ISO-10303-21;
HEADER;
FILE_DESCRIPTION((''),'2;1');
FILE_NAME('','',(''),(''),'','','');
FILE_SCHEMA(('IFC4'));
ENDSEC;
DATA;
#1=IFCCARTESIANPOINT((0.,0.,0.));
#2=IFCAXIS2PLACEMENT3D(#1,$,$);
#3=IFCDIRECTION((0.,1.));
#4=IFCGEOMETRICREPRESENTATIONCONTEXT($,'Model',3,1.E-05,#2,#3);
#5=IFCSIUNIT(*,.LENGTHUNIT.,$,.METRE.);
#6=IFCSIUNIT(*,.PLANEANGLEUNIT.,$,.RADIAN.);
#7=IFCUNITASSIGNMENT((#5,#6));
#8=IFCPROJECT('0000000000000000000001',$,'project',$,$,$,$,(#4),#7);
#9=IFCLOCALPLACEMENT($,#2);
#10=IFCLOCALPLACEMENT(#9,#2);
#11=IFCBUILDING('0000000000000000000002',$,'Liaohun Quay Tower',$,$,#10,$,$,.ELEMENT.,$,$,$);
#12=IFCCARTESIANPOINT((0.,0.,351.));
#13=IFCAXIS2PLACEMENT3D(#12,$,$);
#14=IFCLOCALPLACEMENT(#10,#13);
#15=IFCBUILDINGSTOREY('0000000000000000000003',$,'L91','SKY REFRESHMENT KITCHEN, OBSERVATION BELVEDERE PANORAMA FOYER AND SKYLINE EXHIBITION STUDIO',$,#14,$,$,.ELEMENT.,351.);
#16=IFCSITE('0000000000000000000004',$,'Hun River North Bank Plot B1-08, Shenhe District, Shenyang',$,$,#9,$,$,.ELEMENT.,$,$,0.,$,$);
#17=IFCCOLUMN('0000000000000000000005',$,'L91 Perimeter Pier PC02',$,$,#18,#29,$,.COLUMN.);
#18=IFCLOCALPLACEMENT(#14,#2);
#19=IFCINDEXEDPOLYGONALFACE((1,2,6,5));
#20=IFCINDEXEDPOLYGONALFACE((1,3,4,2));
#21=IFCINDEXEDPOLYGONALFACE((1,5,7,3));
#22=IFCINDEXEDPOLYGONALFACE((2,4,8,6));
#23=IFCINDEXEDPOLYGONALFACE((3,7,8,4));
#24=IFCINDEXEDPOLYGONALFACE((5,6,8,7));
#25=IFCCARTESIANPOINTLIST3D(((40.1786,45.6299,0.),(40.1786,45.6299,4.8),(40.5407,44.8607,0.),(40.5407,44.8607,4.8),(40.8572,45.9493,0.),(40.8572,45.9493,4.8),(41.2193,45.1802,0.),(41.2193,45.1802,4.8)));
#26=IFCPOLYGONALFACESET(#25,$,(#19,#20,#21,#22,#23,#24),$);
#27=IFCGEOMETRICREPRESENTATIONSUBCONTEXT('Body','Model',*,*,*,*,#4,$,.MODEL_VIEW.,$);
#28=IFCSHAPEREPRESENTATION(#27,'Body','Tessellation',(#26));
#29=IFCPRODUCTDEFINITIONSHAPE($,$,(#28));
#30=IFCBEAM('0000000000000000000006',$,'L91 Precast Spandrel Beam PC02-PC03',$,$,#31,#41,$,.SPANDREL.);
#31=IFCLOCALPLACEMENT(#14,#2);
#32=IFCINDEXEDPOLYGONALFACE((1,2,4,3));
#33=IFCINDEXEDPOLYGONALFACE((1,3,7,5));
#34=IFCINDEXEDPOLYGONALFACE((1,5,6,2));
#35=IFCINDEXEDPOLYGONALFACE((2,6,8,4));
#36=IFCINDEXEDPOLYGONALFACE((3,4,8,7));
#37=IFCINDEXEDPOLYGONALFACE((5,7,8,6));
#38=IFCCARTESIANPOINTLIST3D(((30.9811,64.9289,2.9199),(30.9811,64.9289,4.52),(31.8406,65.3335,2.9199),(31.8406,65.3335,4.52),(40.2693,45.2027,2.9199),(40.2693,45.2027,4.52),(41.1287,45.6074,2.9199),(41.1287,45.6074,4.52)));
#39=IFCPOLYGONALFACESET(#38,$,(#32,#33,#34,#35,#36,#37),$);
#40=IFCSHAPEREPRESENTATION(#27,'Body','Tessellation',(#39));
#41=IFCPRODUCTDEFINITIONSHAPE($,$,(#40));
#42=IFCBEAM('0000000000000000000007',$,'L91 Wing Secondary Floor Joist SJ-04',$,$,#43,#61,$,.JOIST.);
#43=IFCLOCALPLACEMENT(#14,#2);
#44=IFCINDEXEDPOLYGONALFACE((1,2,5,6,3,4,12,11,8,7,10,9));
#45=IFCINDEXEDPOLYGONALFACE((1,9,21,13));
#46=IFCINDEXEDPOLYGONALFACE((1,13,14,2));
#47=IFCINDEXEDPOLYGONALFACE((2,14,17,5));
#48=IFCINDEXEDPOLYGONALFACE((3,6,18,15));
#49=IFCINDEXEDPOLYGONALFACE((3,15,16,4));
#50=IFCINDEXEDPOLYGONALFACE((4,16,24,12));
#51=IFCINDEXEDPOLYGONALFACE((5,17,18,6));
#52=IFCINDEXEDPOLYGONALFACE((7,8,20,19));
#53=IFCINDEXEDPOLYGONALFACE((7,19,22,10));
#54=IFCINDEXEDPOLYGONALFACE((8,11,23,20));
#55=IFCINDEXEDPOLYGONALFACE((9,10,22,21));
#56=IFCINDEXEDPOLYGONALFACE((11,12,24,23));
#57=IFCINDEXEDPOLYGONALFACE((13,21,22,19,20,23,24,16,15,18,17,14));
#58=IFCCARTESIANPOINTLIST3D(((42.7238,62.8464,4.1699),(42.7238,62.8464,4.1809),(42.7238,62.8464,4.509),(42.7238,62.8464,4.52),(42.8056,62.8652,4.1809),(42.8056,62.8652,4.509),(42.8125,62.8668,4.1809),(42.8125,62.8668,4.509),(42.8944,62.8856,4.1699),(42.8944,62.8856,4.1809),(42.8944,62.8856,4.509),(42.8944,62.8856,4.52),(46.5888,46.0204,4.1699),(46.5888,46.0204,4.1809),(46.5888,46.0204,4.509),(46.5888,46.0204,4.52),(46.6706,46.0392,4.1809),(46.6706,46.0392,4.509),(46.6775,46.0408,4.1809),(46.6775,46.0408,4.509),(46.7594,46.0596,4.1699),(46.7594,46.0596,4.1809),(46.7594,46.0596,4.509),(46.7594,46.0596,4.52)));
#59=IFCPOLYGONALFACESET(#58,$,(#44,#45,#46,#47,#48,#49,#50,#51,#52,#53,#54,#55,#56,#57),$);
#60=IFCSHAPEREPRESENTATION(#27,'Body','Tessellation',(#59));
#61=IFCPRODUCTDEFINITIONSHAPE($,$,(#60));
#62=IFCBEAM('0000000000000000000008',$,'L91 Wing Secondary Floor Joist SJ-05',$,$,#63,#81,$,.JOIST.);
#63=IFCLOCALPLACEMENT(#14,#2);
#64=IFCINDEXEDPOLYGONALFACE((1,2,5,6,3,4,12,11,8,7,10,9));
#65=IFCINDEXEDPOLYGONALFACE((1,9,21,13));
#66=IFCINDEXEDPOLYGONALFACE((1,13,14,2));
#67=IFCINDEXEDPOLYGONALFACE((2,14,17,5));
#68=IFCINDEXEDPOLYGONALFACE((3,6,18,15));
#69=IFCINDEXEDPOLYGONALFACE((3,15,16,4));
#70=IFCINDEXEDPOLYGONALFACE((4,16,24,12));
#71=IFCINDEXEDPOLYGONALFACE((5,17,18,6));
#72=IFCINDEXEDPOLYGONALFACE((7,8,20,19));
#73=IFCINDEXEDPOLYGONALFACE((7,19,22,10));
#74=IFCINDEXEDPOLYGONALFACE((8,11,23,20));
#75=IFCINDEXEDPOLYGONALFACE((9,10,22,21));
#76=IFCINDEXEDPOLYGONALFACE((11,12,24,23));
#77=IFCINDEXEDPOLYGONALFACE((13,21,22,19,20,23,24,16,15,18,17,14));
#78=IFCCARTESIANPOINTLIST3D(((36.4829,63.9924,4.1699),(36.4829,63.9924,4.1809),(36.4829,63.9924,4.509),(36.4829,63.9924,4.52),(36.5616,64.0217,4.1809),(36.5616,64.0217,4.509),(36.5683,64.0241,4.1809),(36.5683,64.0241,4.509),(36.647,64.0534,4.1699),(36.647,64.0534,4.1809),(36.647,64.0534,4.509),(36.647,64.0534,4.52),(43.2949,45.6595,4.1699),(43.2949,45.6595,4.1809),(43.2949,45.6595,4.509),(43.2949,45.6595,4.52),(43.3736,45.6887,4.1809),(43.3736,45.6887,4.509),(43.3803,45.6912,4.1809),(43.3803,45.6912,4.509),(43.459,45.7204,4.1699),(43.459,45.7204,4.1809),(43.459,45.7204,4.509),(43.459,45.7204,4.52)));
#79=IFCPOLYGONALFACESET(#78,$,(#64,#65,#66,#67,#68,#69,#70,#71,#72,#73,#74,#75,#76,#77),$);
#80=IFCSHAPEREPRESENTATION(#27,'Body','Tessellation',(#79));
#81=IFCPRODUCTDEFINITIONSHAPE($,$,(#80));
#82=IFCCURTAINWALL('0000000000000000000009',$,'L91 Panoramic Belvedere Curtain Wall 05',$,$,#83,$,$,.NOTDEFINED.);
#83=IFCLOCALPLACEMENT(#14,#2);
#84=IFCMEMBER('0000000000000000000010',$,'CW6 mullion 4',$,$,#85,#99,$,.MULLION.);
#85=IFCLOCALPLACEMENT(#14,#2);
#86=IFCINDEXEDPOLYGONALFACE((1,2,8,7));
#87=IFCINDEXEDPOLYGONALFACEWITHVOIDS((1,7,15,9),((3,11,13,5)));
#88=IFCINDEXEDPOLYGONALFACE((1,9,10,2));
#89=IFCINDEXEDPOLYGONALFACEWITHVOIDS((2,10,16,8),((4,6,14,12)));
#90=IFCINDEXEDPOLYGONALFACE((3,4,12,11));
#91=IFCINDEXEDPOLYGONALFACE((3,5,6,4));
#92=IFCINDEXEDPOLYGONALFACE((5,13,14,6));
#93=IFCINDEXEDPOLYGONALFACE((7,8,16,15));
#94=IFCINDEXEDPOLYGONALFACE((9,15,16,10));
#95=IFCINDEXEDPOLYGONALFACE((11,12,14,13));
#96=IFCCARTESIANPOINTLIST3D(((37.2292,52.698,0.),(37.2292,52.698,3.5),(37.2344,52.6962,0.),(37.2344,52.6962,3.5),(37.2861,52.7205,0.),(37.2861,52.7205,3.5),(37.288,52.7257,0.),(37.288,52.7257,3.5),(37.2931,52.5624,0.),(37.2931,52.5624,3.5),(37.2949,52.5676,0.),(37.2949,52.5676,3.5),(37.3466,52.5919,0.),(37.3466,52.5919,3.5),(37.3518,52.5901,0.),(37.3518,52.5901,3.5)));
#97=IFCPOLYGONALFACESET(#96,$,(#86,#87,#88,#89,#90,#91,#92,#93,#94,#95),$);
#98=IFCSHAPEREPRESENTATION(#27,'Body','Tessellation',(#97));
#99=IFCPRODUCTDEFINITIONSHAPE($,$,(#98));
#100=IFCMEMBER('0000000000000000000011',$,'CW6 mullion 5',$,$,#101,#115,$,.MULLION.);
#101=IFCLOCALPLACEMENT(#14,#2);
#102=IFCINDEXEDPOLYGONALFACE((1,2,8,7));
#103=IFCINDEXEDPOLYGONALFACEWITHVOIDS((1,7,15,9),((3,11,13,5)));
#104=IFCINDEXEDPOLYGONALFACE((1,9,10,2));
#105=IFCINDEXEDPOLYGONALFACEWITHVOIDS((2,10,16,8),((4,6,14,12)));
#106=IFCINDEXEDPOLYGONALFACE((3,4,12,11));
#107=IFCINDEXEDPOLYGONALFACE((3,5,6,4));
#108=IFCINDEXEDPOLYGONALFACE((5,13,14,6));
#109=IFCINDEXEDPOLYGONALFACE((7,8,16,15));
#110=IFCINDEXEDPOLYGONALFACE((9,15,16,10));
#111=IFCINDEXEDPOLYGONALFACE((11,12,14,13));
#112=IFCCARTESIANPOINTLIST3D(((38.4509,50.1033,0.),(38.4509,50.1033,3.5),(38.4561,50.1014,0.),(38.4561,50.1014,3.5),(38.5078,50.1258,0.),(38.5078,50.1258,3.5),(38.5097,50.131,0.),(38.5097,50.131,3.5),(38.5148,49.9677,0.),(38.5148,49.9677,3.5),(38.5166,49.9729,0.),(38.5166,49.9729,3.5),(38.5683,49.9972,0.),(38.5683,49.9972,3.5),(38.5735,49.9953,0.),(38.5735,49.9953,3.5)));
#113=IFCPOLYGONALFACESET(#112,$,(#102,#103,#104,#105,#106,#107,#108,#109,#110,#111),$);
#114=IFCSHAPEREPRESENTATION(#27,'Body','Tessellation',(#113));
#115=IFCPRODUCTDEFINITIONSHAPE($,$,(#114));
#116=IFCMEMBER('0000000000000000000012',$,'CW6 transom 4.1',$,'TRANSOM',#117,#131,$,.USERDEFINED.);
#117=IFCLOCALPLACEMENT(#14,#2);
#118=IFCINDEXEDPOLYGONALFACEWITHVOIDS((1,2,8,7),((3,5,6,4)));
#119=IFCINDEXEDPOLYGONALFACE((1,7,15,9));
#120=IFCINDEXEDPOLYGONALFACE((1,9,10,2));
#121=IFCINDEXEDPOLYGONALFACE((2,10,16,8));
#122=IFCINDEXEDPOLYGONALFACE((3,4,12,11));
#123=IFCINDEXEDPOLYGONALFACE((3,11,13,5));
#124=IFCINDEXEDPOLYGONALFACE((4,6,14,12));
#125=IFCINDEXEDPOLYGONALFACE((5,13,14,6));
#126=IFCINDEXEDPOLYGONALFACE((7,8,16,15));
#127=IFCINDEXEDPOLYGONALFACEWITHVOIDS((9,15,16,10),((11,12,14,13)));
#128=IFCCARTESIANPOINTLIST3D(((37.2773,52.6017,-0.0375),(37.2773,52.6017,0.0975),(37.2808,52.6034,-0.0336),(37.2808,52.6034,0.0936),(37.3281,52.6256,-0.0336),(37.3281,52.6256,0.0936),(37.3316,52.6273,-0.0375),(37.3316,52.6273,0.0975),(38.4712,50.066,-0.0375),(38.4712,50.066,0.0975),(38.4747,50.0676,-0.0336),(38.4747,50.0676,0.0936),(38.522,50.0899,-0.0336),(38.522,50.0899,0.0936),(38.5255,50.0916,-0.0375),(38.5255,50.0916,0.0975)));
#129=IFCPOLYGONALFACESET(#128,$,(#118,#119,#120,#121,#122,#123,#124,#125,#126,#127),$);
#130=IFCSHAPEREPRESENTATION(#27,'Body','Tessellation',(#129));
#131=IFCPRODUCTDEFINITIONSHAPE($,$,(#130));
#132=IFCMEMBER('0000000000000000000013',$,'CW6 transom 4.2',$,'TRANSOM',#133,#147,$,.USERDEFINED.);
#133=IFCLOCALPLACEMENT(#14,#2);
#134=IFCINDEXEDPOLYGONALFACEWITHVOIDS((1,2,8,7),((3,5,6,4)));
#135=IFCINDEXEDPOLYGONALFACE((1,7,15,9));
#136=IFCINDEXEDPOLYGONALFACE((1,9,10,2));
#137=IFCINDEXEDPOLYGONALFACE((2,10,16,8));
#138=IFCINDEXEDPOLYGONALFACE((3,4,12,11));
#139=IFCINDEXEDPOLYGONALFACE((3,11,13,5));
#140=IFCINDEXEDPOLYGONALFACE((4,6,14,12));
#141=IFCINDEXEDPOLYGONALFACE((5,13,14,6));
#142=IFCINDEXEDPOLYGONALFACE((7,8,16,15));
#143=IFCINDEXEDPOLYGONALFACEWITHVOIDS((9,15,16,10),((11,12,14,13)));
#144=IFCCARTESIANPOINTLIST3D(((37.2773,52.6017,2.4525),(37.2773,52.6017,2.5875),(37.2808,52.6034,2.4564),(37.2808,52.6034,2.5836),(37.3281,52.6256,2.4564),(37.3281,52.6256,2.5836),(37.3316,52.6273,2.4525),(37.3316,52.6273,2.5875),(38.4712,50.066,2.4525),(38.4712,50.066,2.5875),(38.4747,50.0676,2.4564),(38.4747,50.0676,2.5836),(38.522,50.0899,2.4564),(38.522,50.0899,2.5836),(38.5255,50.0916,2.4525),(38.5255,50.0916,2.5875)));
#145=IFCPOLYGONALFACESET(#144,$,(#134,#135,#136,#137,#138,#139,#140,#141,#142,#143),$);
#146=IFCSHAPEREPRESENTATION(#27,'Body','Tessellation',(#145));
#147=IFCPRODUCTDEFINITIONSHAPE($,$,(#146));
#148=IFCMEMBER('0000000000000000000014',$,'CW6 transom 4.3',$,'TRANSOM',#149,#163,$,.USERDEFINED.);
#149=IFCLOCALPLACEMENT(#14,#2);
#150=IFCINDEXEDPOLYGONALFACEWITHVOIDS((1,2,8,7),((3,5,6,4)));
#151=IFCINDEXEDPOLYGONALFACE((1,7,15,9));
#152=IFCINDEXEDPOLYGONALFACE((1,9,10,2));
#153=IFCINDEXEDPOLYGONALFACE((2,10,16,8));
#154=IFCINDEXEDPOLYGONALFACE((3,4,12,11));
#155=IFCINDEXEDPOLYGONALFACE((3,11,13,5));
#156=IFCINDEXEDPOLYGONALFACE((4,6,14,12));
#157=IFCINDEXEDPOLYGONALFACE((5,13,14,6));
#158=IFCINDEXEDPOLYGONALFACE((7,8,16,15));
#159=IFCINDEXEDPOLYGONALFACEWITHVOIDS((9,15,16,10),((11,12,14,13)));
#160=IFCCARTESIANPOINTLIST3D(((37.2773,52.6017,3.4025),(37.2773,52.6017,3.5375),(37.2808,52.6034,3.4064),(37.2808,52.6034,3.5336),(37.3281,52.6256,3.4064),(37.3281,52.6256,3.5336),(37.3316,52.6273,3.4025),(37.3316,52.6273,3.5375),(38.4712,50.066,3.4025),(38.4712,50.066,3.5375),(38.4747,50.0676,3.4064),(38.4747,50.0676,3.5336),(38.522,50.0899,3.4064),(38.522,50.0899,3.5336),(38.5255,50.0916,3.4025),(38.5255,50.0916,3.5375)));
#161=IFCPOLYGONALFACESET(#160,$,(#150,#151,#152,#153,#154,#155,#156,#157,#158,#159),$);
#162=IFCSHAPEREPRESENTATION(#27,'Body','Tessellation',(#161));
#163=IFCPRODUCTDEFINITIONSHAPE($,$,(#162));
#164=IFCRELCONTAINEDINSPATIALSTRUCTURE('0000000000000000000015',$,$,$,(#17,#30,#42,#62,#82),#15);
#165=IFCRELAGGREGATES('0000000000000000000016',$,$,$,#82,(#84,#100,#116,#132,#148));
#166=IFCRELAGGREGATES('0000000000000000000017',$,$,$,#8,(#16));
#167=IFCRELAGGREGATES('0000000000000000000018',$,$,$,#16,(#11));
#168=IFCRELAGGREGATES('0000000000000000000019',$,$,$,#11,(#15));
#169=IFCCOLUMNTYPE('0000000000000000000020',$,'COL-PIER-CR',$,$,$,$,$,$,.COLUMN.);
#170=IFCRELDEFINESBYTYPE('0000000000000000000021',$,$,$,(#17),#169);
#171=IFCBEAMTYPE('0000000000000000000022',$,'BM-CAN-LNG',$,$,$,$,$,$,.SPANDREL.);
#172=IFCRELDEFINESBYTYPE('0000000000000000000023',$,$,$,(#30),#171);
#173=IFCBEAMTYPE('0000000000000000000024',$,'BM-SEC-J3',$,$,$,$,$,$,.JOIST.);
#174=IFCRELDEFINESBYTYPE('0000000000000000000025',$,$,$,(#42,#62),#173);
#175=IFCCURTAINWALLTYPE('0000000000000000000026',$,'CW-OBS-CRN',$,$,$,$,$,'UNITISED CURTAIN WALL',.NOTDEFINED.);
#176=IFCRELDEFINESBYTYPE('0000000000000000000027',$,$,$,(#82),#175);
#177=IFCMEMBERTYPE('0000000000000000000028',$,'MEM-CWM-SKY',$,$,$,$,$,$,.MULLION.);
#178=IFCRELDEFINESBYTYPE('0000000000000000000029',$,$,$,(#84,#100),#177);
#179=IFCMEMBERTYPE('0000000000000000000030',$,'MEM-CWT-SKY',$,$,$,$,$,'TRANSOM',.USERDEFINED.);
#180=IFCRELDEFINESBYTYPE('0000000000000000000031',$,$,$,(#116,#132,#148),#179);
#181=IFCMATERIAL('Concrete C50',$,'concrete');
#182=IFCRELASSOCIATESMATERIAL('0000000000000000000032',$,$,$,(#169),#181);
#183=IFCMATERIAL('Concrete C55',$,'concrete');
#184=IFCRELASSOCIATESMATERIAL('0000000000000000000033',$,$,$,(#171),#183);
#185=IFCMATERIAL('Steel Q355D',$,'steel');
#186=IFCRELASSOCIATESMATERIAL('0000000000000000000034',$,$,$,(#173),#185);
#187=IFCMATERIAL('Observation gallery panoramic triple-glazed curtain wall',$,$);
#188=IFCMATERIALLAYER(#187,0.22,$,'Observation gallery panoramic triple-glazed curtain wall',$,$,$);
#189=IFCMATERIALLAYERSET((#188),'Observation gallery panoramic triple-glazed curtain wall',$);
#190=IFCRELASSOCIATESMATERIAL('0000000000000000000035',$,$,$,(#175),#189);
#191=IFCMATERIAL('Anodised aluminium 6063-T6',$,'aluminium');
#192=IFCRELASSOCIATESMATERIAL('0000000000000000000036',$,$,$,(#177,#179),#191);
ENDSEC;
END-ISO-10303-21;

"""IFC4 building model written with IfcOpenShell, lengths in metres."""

from ifc_helpers import new_model, si_unit, direction, frame, origin, origin_2d, place, context, subcontext, project, spatial, rectangle, hollow_rectangle, i_section, extrude, source, transform, mapped, material, layer, layer_set, material_profile, profile_set, type_object, element, aggregate, save


model = new_model("IFC4")

# Units and contexts
model_context = context("Model", 3, precision=1e-05, world=origin(), true_north=direction((0.0, 1.0)))
body_context = subcontext(model_context, "Body", "Model", "MODEL_VIEW")
ifc_project = project(units=[si_unit("LENGTHUNIT", "METRE"), si_unit("PLANEANGLEUNIT", "RADIAN")], contexts=[model_context])

# Site, building, storey
site_placement = place(None, origin())
site = spatial("IfcSite", under=ifc_project, at=site_placement, Name="Hun River North Bank Plot B1-08, Shenhe District, Shenyang", CompositionType="ELEMENT", RefElevation=0.0)
building_placement = place(site_placement, origin())
building = spatial("IfcBuilding", under=site, at=building_placement, Name="Liaohun Quay Tower", CompositionType="ELEMENT")
storey_placement = place(building_placement, frame((0.0, 0.0, 351.0)))
storey = spatial("IfcBuildingStorey", under=building, at=storey_placement, Name="L91", Description="SKY REFRESHMENT KITCHEN, OBSERVATION BELVEDERE PANORAMA FOYER AND SKYLINE EXHIBITION STUDIO", CompositionType="ELEMENT", Elevation=351.0)

# Column
ifc_material_1 = material(Name="Concrete C50", Category="concrete")
ifc_material_profile_1 = material_profile(ifc_material_1, rectangle(XDim=0.8501, YDim=0.75, at=origin_2d()), Name="RC850x750")
ifc_profile_set_1 = profile_set([ifc_material_profile_1], Name="Concrete C50")
column_type = type_object("IfcColumnType", Name="COL-PIER-CR", PredefinedType="COLUMN", material=ifc_profile_set_1)
shared_shape_1 = source(origin(), body_context, "Body", "SweptSolid", [
    extrude(rectangle(XDim=0.8501, YDim=0.75, at=origin_2d()), origin(), (0.0, 0.0, 1.0), 4.8),
])
column_placement = place(storey_placement, frame((40.699, 45.405, 0.0), z_axis=(0.0, 0.0, 1.0), x_axis=(-0.425937, 0.904753, 0.0)))
element("IfcColumn", 1, at=column_placement, inside=storey, type_object=column_type, Name="L91 Perimeter Pier PC02", PredefinedType="COLUMN", context=body_context, shape_type="MappedRepresentation", body=[
    mapped(shared_shape_1, transform((0.0, 0.0, 0.0), x_axis=(1.0, 0.0, 0.0), y_axis=(0.0, 1.0, 0.0), z_axis=(0.0, 0.0, 1.0), scale=1.0)),
])

# Beams
ifc_material_2 = material(Name="Concrete C55", Category="concrete")
ifc_material_profile_2 = material_profile(ifc_material_2, rectangle(XDim=0.95, YDim=1.6001, at=origin_2d()), Name="RC950x1600")
ifc_profile_set_2 = profile_set([ifc_material_profile_2], Name="Concrete C55")
beam_type_1 = type_object("IfcBeamType", Name="BM-CAN-LNG", PredefinedType="SPANDREL", material=ifc_profile_set_2)
shared_shape_2 = source(origin(), body_context, "Body", "SweptSolid", [
    extrude(rectangle(XDim=0.95, YDim=1.6001, at=origin_2d()), origin(), (0.0, 0.0, 1.0), 21.8035),
])
beam_1_placement = place(storey_placement, frame((40.699, 45.405, 3.72), z_axis=(-0.425993, 0.904726, 0.0), x_axis=(-0.904726, -0.425993, 0.0)))
element("IfcBeam", 2, at=beam_1_placement, inside=storey, type_object=beam_type_1, Name="L91 Precast Spandrel Beam PC02-PC03", PredefinedType="SPANDREL", context=body_context, shape_type="MappedRepresentation", body=[
    mapped(shared_shape_2, transform((0.0, 0.0, 0.0), x_axis=(1.0, 0.0, 0.0), y_axis=(0.0, 1.0, 0.0), z_axis=(0.0, 0.0, 1.0), scale=1.0)),
])
ifc_material_3 = material(Name="Steel Q355D", Category="steel")
ifc_material_profile_3 = material_profile(ifc_material_3, i_section(OverallWidth=0.175, OverallDepth=0.3501, WebThickness=0.0071, FlangeThickness=0.011, at=origin_2d()), Name="HN350x175x7x11")
ifc_profile_set_3 = profile_set([ifc_material_profile_3], Name="Steel Q355D")
beam_type_2 = type_object("IfcBeamType", Name="BM-SEC-J3", PredefinedType="JOIST", material=ifc_profile_set_3)
shared_shape_3 = source(origin(), body_context, "Body", "SweptSolid", [
    extrude(i_section(OverallWidth=0.175, OverallDepth=0.3501, WebThickness=0.0071, FlangeThickness=0.011, at=origin_2d()), origin(), (0.0, 0.0, 1.0), 17.2642),
])
beam_2_placement = place(storey_placement, frame((46.6741, 46.04, 4.345), z_axis=(-0.223874, 0.974618, 0.0), x_axis=(-0.974618, -0.223874, 0.0)))
element("IfcBeam", 3, at=beam_2_placement, inside=storey, type_object=beam_type_2, Name="L91 Wing Secondary Floor Joist SJ-04", PredefinedType="JOIST", context=body_context, shape_type="MappedRepresentation", body=[
    mapped(shared_shape_3, transform((0.0, 0.0, 0.0), x_axis=(1.0, 0.0, 0.0), y_axis=(0.0, 1.0, 0.0), z_axis=(0.0, 0.0, 1.0), scale=1.0)),
])
shared_shape_4 = source(origin(), body_context, "Body", "SweptSolid", [
    extrude(i_section(OverallWidth=0.175, OverallDepth=0.3501, WebThickness=0.0071, FlangeThickness=0.011, at=origin_2d()), origin(), (0.0, 0.0, 1.0), 19.5576),
])
beam_3_placement = place(storey_placement, frame((43.377, 45.6899, 4.345), z_axis=(-0.348304, 0.937382, 0.0), x_axis=(-0.937382, -0.348304, 0.0)))
element("IfcBeam", 4, at=beam_3_placement, inside=storey, type_object=beam_type_2, Name="L91 Wing Secondary Floor Joist SJ-05", PredefinedType="JOIST", context=body_context, shape_type="MappedRepresentation", body=[
    mapped(shared_shape_4, transform((0.0, 0.0, 0.0), x_axis=(1.0, 0.0, 0.0), y_axis=(0.0, 1.0, 0.0), z_axis=(0.0, 0.0, 1.0), scale=1.0)),
])

# Curtain wall, members
ifc_material_4 = material(Name="Observation gallery panoramic triple-glazed curtain wall")
ifc_layer_1 = layer(ifc_material_4, 0.22, Name="Observation gallery panoramic triple-glazed curtain wall")
ifc_layer_set_1 = layer_set([ifc_layer_1], Name="Observation gallery panoramic triple-glazed curtain wall")
curtain_wall_type = type_object("IfcCurtainWallType", Name="CW-OBS-CRN", ElementType="UNITISED CURTAIN WALL", PredefinedType="NOTDEFINED", material=ifc_layer_set_1)
curtain_wall_placement = place(storey_placement, origin())
curtain_wall = element("IfcCurtainWall", 5, at=curtain_wall_placement, inside=storey, type_object=curtain_wall_type, Name="L91 Panoramic Belvedere Curtain Wall 05", PredefinedType="NOTDEFINED")
ifc_material_5 = material(Name="Anodised aluminium 6063-T6", Category="aluminium")
ifc_material_profile_4 = material_profile(ifc_material_5, hollow_rectangle(XDim=0.0649, YDim=0.1499, WallThickness=0.0039, at=origin_2d()), Name="RHS150x65x4")
ifc_profile_set_4 = profile_set([ifc_material_profile_4], Name="Anodised aluminium 6063-T6")
member_type_1 = type_object("IfcMemberType", Name="MEM-CWM-SKY", PredefinedType="MULLION", material=ifc_profile_set_4)
shared_shape_5 = source(origin(), body_context, "Body", "SweptSolid", [
    extrude(hollow_rectangle(XDim=0.0649, YDim=0.1499, WallThickness=0.0039, at=origin_2d()), origin(), (0.0, 0.0, 1.0), 3.5),
])
member_1_placement = place(storey_placement, frame((37.2905, 52.644, 0.0), z_axis=(0.0, 0.0, 1.0), x_axis=(0.904729, 0.425988, 0.0)))
member_1 = element("IfcMember", 6, at=member_1_placement, type_object=member_type_1, Name="CW6 mullion 4", PredefinedType="MULLION", context=body_context, shape_type="MappedRepresentation", body=[
    mapped(shared_shape_5, transform((0.0, 0.0, 0.0), x_axis=(1.0, 0.0, 0.0), y_axis=(0.0, 1.0, 0.0), z_axis=(0.0, 0.0, 1.0), scale=1.0)),
])
member_2_placement = place(storey_placement, frame((38.5122, 50.0493, 0.0), z_axis=(0.0, 0.0, 1.0), x_axis=(0.904729, 0.425988, 0.0)))
member_2 = element("IfcMember", 7, at=member_2_placement, type_object=member_type_1, Name="CW6 mullion 5", PredefinedType="MULLION", context=body_context, shape_type="MappedRepresentation", body=[
    mapped(shared_shape_5, transform((0.0, 0.0, 0.0), x_axis=(1.0, 0.0, 0.0), y_axis=(0.0, 1.0, 0.0), z_axis=(0.0, 0.0, 1.0), scale=1.0)),
])
ifc_material_profile_5 = material_profile(ifc_material_5, hollow_rectangle(XDim=0.0601, YDim=0.135, WallThickness=0.0039, at=origin_2d()), Name="RHS135x60x4")
ifc_profile_set_5 = profile_set([ifc_material_profile_5], Name="Anodised aluminium 6063-T6")
member_type_2 = type_object("IfcMemberType", Name="MEM-CWT-SKY", ElementType="TRANSOM", PredefinedType="USERDEFINED", material=ifc_profile_set_5)
shared_shape_6 = source(origin(), body_context, "Body", "SweptSolid", [
    extrude(hollow_rectangle(XDim=0.0601, YDim=0.135, WallThickness=0.0039, at=origin_2d()), origin(), (0.0, 0.0, 1.0), 2.8027),
])
member_3_placement = place(storey_placement, frame((37.3044, 52.6145, 0.03), z_axis=(0.425973, -0.904736, 0.0), x_axis=(0.904736, 0.425973, 0.0)))
member_3 = element("IfcMember", 8, at=member_3_placement, type_object=member_type_2, Name="CW6 transom 4.1", ObjectType="TRANSOM", PredefinedType="USERDEFINED", context=body_context, shape_type="MappedRepresentation", body=[
    mapped(shared_shape_6, transform((0.0, 0.0, 0.0), x_axis=(1.0, 0.0, 0.0), y_axis=(0.0, 1.0, 0.0), z_axis=(0.0, 0.0, 1.0), scale=1.0)),
])
member_4_placement = place(storey_placement, frame((37.3044, 52.6145, 2.52), z_axis=(0.425973, -0.904736, 0.0), x_axis=(0.904736, 0.425973, 0.0)))
member_4 = element("IfcMember", 9, at=member_4_placement, type_object=member_type_2, Name="CW6 transom 4.2", ObjectType="TRANSOM", PredefinedType="USERDEFINED", context=body_context, shape_type="MappedRepresentation", body=[
    mapped(shared_shape_6, transform((0.0, 0.0, 0.0), x_axis=(1.0, 0.0, 0.0), y_axis=(0.0, 1.0, 0.0), z_axis=(0.0, 0.0, 1.0), scale=1.0)),
])
member_5_placement = place(storey_placement, frame((37.3044, 52.6145, 3.47), z_axis=(0.425973, -0.904736, 0.0), x_axis=(0.904736, 0.425973, 0.0)))
member_5 = element("IfcMember", 10, at=member_5_placement, type_object=member_type_2, Name="CW6 transom 4.3", ObjectType="TRANSOM", PredefinedType="USERDEFINED", context=body_context, shape_type="MappedRepresentation", body=[
    mapped(shared_shape_6, transform((0.0, 0.0, 0.0), x_axis=(1.0, 0.0, 0.0), y_axis=(0.0, 1.0, 0.0), z_axis=(0.0, 0.0, 1.0), scale=1.0)),
])
aggregate(curtain_wall, [member_1, member_2, member_3, member_4, member_5])

save(model, "model.ifc")
